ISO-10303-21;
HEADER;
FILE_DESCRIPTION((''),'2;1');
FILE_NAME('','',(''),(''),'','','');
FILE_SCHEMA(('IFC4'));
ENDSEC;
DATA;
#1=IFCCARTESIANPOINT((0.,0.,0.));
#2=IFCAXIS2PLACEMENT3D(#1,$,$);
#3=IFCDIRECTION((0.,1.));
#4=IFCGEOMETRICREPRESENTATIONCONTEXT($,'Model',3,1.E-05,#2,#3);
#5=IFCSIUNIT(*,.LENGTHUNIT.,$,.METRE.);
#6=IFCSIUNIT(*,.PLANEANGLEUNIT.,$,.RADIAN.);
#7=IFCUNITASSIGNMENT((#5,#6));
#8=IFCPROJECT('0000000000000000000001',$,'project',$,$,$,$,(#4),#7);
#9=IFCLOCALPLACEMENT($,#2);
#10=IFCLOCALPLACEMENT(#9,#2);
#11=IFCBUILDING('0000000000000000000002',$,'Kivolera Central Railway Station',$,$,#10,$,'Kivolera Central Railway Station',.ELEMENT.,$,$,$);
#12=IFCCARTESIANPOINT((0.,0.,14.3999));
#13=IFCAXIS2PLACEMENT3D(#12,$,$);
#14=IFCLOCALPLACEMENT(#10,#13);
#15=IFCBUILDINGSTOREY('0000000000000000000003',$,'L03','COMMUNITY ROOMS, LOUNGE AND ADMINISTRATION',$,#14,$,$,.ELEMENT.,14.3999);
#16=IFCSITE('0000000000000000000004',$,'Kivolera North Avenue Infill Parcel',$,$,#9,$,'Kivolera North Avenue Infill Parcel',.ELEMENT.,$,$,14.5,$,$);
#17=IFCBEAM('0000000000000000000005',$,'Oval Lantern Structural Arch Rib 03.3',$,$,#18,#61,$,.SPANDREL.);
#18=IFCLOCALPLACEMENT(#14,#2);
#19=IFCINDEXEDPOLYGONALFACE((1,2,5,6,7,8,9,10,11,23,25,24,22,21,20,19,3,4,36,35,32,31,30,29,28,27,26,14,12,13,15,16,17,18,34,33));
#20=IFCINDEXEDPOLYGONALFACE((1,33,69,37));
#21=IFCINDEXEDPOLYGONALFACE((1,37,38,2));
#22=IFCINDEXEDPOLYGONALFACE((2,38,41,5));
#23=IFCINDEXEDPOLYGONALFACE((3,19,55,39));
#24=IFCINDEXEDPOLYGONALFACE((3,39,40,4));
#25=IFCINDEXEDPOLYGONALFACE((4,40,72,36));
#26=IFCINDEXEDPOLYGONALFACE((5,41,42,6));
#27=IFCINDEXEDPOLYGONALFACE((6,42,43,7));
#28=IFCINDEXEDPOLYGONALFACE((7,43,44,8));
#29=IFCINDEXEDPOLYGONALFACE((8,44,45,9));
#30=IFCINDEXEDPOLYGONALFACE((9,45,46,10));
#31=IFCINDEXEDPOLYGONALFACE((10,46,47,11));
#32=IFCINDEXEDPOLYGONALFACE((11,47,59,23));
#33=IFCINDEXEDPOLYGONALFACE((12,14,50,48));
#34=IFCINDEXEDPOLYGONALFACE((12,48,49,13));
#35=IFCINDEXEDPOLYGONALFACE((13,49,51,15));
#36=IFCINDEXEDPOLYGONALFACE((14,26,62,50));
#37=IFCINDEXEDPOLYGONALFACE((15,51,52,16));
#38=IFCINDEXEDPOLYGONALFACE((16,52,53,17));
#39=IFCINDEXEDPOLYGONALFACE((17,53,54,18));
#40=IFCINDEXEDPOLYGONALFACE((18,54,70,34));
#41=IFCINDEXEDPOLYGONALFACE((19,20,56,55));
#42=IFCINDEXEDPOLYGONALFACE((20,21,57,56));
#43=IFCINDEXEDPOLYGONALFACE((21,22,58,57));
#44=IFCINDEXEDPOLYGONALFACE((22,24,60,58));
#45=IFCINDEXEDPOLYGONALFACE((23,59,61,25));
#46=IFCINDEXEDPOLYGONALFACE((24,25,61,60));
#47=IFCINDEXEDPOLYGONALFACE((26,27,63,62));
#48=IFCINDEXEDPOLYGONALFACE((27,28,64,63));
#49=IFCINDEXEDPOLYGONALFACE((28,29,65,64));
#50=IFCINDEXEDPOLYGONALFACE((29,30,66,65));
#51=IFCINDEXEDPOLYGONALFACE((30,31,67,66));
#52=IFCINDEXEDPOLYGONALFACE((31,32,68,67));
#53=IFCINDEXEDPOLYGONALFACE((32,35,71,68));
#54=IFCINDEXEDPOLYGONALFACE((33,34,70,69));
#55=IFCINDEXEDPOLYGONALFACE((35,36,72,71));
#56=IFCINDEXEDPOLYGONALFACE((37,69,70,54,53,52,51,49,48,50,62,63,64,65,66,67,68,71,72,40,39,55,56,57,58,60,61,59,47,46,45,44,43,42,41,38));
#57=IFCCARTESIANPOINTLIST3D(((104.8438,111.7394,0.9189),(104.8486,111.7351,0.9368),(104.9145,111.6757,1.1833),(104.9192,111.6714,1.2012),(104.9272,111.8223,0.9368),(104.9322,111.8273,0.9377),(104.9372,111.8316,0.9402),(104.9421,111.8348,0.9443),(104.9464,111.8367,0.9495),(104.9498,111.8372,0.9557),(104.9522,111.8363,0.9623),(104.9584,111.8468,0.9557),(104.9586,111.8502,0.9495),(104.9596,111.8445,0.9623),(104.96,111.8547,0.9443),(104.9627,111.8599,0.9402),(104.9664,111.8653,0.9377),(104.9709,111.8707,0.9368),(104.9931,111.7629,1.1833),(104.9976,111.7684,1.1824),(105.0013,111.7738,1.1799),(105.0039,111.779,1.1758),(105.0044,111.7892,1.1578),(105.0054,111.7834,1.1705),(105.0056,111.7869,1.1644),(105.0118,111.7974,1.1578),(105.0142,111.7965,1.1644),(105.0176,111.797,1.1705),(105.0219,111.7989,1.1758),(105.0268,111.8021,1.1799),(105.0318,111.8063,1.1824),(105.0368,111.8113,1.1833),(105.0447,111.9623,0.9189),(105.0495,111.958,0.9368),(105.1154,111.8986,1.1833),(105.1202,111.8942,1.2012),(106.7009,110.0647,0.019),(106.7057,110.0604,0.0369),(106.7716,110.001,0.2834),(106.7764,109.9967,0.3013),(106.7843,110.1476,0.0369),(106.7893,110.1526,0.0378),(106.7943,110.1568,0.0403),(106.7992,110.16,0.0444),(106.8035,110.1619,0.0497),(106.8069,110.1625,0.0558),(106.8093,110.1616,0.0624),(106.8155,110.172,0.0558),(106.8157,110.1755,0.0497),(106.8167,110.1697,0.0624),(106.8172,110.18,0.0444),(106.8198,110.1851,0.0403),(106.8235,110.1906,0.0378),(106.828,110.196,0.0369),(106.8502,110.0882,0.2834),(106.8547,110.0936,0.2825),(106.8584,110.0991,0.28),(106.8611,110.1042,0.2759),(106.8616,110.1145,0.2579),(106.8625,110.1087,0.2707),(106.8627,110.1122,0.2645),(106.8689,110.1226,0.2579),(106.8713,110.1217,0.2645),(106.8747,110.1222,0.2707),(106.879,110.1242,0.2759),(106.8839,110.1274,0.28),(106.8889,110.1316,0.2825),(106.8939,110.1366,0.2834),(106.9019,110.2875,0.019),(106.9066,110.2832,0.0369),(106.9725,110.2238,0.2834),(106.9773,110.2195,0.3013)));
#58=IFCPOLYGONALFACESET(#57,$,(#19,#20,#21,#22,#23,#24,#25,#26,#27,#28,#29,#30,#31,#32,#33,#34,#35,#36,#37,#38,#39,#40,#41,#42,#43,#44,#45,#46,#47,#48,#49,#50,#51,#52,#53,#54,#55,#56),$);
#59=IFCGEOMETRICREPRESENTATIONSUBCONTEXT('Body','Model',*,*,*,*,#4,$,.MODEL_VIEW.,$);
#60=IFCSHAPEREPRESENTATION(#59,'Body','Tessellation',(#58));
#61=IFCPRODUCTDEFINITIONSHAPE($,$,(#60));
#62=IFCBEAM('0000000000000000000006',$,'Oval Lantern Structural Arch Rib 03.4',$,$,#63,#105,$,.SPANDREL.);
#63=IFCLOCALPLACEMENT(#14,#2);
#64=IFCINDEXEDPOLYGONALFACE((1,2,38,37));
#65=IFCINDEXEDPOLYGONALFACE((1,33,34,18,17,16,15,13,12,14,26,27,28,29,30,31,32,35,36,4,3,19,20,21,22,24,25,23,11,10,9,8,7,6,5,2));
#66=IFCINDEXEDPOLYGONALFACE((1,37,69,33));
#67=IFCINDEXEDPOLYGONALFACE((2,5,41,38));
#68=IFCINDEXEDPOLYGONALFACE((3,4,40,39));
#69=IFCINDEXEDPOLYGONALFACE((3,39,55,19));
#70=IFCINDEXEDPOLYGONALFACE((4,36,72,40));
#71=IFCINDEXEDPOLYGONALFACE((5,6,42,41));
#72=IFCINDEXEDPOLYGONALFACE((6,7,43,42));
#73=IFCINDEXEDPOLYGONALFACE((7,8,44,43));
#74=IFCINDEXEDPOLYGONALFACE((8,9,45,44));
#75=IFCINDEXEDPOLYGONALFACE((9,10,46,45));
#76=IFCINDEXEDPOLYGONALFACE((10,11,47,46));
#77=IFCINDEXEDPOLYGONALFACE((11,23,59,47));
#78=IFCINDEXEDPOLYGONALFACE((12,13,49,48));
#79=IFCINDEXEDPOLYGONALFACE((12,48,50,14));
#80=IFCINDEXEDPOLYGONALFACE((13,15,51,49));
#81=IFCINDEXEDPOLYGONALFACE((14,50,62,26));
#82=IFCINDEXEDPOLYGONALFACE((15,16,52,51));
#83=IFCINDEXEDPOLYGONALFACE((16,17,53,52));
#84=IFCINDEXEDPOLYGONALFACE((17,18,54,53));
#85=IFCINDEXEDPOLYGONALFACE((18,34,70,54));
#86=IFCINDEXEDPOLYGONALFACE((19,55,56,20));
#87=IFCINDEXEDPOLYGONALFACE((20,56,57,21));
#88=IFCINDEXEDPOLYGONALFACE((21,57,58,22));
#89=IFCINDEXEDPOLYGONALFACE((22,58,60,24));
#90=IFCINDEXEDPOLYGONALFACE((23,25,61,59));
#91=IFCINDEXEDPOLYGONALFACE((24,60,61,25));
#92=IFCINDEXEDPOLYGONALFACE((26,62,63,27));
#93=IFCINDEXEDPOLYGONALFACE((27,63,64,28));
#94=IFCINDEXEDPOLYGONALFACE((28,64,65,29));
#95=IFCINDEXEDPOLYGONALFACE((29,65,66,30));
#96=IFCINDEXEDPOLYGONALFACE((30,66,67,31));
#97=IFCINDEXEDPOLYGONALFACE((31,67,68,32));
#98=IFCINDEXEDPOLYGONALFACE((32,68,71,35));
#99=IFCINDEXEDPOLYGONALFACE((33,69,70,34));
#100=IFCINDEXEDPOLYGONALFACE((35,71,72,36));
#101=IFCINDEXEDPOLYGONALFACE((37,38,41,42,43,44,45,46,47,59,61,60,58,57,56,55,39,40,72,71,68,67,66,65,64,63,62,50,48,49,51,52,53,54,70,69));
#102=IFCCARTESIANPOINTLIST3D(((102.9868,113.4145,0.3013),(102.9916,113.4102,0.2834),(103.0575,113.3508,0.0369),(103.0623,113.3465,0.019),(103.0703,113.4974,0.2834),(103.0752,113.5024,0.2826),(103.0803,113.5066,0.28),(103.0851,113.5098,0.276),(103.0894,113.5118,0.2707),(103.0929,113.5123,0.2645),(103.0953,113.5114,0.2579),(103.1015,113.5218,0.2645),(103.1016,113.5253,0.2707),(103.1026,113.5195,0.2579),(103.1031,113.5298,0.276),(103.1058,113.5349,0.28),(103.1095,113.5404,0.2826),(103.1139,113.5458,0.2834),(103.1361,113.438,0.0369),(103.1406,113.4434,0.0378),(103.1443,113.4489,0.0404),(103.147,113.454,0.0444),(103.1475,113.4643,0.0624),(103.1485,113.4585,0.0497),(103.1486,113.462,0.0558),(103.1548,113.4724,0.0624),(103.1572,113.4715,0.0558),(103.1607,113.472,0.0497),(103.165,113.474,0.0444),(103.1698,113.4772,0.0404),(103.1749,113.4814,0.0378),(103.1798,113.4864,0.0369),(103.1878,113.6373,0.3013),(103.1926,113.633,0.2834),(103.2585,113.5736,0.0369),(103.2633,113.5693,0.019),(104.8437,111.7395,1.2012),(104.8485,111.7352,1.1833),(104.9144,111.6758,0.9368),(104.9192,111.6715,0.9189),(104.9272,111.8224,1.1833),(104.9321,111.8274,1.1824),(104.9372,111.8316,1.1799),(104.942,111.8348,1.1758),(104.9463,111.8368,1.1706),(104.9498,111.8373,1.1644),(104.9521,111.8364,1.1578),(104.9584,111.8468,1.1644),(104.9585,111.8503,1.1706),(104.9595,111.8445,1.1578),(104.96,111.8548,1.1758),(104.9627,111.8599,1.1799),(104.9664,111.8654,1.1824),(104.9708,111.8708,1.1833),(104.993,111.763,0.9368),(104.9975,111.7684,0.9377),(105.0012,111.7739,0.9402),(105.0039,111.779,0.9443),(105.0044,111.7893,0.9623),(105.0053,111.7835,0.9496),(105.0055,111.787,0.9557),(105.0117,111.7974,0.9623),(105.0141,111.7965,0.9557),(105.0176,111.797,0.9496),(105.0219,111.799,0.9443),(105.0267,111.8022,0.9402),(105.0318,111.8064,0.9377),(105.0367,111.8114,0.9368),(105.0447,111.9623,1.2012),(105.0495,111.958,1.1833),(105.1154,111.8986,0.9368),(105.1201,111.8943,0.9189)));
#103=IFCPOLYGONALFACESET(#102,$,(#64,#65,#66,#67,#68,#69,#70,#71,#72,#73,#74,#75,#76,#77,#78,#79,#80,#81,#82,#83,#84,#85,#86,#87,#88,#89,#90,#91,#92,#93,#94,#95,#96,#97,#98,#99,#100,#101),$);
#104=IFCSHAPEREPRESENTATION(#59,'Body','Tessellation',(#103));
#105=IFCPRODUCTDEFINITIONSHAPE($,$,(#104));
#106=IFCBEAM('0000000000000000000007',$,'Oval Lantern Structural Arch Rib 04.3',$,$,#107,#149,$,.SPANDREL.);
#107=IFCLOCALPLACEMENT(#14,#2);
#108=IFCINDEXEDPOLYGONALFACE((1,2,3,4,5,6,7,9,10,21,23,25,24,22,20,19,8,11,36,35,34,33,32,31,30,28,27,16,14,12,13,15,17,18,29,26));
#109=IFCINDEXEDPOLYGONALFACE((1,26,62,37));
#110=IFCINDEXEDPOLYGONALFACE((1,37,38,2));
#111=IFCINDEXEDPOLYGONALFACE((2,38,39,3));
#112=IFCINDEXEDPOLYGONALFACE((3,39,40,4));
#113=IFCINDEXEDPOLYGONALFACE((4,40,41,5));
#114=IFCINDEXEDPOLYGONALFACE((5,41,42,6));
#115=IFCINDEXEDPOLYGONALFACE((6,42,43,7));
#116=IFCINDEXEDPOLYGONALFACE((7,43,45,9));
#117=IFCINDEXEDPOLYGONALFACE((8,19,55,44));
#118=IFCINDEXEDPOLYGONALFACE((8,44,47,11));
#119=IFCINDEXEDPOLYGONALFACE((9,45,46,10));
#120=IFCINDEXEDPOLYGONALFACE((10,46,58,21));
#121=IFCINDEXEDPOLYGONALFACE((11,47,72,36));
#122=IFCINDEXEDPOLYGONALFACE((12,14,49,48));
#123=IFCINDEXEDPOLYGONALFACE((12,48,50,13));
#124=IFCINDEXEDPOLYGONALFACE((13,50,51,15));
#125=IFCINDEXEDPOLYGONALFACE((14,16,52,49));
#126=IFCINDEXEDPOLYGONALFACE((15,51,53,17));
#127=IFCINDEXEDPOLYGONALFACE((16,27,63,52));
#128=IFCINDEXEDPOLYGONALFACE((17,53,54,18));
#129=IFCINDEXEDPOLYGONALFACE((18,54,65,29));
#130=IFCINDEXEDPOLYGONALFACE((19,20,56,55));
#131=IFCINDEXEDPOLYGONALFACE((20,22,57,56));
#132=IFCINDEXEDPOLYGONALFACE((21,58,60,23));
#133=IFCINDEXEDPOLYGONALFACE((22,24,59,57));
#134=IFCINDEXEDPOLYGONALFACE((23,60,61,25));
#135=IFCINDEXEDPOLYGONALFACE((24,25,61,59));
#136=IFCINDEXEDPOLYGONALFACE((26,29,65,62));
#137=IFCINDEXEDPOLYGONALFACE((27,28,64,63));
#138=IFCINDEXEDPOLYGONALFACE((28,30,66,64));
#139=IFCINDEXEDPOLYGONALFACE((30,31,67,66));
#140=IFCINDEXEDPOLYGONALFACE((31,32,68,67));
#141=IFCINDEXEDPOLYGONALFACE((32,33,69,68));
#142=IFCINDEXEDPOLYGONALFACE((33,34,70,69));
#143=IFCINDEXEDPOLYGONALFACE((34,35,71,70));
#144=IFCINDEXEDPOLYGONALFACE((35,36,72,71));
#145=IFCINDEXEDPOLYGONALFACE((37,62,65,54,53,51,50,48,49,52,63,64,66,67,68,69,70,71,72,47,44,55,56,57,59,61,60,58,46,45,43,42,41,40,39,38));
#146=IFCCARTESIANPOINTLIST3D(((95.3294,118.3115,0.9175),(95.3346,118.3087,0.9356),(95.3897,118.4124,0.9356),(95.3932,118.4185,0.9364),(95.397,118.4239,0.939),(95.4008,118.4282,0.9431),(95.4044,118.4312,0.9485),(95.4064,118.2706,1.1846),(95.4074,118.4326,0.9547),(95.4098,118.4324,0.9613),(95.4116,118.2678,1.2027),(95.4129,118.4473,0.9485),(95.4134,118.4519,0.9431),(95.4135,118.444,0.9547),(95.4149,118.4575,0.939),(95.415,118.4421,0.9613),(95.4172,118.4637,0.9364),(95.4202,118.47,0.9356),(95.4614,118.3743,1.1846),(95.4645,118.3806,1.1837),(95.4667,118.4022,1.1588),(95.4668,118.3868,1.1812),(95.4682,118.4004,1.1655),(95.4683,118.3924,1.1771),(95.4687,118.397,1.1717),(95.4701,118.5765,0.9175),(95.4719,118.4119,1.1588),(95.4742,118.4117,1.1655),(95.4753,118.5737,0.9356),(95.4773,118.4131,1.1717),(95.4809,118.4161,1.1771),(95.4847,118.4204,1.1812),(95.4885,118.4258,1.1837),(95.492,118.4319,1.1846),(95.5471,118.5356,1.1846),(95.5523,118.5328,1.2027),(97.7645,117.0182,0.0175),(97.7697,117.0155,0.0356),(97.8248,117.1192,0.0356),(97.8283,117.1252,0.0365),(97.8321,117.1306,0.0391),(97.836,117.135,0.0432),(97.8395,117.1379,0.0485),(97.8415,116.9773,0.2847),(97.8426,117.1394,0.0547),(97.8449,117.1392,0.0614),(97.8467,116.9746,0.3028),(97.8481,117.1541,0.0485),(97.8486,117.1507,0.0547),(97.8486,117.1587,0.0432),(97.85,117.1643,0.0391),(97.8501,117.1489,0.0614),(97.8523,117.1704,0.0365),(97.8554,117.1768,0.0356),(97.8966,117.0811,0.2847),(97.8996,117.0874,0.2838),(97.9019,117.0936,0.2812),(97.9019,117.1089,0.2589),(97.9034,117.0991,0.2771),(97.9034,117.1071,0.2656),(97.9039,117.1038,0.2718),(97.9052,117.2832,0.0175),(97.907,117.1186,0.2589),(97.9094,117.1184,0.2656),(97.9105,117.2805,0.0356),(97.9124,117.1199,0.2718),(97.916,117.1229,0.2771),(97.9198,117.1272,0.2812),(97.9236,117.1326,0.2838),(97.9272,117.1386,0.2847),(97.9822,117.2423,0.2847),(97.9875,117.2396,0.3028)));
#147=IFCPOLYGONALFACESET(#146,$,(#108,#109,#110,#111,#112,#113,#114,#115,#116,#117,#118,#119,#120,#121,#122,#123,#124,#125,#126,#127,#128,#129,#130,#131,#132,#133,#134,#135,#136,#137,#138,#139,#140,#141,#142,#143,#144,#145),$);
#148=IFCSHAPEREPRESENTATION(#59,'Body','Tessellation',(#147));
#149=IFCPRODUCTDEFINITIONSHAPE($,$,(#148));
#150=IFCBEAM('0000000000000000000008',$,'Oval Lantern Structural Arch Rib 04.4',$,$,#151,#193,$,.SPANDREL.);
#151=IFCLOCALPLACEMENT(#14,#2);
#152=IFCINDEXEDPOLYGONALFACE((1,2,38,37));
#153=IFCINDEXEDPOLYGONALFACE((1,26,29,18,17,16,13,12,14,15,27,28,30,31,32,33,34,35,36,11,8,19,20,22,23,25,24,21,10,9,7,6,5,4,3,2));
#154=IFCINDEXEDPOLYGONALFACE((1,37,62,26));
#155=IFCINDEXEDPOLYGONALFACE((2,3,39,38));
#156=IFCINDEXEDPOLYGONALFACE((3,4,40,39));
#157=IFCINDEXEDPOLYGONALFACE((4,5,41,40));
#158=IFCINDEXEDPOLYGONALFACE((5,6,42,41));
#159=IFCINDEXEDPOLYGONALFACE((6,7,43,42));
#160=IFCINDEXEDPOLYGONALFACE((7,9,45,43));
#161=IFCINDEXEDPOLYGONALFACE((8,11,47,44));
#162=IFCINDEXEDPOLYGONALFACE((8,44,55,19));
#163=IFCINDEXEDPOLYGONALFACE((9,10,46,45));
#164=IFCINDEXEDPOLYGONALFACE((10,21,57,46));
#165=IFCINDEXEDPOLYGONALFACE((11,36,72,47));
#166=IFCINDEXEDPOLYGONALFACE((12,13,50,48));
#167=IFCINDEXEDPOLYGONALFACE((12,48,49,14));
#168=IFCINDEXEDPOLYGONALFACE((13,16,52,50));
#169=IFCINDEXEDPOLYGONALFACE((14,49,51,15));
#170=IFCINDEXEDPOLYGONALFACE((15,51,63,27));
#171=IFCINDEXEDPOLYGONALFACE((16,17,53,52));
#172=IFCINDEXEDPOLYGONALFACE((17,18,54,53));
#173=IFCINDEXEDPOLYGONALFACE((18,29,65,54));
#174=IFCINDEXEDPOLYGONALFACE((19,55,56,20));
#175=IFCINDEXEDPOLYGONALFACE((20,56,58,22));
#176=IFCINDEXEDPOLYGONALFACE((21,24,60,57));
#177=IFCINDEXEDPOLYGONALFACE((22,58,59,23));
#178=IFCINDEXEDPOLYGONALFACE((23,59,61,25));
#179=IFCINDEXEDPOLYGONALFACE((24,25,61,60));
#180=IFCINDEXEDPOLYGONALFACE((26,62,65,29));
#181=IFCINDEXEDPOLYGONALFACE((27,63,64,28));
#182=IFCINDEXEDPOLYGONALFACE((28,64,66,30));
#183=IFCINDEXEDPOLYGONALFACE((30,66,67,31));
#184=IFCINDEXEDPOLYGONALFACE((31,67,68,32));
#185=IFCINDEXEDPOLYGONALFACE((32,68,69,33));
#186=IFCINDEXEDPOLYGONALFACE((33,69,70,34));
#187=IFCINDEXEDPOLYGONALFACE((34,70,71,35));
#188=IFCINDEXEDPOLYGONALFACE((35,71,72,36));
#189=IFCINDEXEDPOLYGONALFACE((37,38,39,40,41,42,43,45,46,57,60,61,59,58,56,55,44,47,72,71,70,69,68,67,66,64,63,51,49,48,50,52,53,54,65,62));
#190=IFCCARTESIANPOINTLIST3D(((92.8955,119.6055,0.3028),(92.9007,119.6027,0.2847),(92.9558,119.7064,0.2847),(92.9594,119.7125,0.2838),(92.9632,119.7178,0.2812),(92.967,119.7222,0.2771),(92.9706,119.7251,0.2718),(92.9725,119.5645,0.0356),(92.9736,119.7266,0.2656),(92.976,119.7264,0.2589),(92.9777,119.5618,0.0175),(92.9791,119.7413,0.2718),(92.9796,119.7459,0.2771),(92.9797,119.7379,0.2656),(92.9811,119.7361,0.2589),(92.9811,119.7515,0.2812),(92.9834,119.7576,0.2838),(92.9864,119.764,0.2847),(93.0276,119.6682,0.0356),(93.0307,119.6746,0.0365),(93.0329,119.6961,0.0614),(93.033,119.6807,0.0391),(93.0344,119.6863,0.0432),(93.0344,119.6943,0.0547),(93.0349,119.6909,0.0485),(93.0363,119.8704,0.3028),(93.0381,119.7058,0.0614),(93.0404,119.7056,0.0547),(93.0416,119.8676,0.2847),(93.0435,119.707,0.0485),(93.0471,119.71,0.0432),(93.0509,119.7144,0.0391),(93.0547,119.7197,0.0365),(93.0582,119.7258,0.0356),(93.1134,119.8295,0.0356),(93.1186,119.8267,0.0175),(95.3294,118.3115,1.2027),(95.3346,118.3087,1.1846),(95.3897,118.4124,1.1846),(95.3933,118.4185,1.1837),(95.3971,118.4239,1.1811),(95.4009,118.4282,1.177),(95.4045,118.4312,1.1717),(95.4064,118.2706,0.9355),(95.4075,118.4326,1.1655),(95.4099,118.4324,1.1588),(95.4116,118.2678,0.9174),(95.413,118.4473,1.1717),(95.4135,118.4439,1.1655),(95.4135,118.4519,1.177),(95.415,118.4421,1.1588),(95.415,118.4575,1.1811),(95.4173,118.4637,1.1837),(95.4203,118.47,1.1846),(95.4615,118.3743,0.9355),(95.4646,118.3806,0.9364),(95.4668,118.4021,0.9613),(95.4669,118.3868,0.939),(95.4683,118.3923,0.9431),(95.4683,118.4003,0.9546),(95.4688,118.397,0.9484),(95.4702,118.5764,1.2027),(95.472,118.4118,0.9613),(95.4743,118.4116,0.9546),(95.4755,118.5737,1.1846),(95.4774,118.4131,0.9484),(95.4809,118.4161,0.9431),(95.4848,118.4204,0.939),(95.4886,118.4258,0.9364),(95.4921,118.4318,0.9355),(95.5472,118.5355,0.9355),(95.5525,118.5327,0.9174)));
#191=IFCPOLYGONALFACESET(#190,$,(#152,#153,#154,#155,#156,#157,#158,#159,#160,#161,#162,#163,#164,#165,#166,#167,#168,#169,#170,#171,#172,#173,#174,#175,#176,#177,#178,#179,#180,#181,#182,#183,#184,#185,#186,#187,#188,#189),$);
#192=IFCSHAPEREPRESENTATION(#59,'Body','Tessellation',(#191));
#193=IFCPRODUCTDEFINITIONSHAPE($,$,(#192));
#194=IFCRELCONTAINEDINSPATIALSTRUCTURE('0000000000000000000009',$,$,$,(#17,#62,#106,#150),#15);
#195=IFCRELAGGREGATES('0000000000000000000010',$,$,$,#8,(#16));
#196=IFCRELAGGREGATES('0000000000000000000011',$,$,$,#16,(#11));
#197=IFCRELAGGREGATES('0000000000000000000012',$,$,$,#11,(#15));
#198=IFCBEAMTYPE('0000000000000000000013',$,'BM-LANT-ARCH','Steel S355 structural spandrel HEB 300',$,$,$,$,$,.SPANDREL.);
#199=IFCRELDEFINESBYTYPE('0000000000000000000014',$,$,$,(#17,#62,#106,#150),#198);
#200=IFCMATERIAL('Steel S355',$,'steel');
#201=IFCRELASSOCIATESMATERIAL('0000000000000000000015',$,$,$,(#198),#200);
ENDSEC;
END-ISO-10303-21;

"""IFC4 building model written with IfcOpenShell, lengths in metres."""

from ifc_helpers import new_model, si_unit, direction, frame, origin, origin_2d, place, context, subcontext, project, spatial, i_section, extrude, material, material_profile, profile_set, type_object, element, save


model = new_model("IFC4")

# Units and contexts
model_context = context("Model", 3, precision=1e-05, world=origin(), true_north=direction((0.0, 1.0)))
body_context = subcontext(model_context, "Body", "Model", "MODEL_VIEW")
ifc_project = project(units=[si_unit("LENGTHUNIT", "METRE"), si_unit("PLANEANGLEUNIT", "RADIAN")], contexts=[model_context])

# Site, building, storey
site_placement = place(None, origin())
site = spatial("IfcSite", under=ifc_project, at=site_placement, Name="Kivolera North Avenue Infill Parcel", LongName="Kivolera North Avenue Infill Parcel", CompositionType="ELEMENT", RefElevation=14.5)
building_placement = place(site_placement, origin())
building = spatial("IfcBuilding", under=site, at=building_placement, Name="Kivolera Central Railway Station", LongName="Kivolera Central Railway Station", CompositionType="ELEMENT")
storey_placement = place(building_placement, frame((0.0, 0.0, 14.3999)))
storey = spatial("IfcBuildingStorey", under=building, at=storey_placement, Name="L03", Description="COMMUNITY ROOMS, LOUNGE AND ADMINISTRATION", CompositionType="ELEMENT", Elevation=14.3999)

# Beams
ifc_material_1 = material(Name="Steel S355", Category="steel")
ifc_material_profile_1 = material_profile(ifc_material_1, i_section(OverallWidth=0.3, OverallDepth=0.3, WebThickness=0.011, FlangeThickness=0.019, FilletRadius=0.0271, at=origin_2d()), Name="HEB 300")
ifc_profile_set_1 = profile_set([ifc_material_profile_1], Name="Steel S355")
beam_type_1 = type_object("IfcBeamType", Name="BM-LANT-ARCH", Description="Steel S355 structural spandrel HEB 300", PredefinedType="SPANDREL", material=ifc_profile_set_1)
for number, where, z_axis, x_axis, name in (
    (1, (106.8391, 110.1421, 0.1602), (-0.698765, 0.630147, 0.338589), (-0.669703, -0.742629, 0.0), "Oval Lantern Structural Arch Rib 03.3"),
    (2, (104.9819, 111.8169, 1.0601), (-0.698677, 0.630243, -0.338591), (-0.669806, -0.742536, 0.0), "Oval Lantern Structural Arch Rib 03.4"),
):
    element("IfcBeam", number, at=place(storey_placement, frame(where, z_axis=z_axis, x_axis=x_axis)), inside=storey, type_object=beam_type_1, Name=name, PredefinedType="SPANDREL", context=body_context, shape_type="SweptSolid", body=[
        extrude(i_section(OverallWidth=0.3, OverallDepth=0.3, WebThickness=0.011, FlangeThickness=0.019, FilletRadius=0.0271, at=origin_2d()), origin(), (0.0, 0.0, 1.0), 2.6577),
    ])
beam_1_placement = place(storey_placement, frame((97.876, 117.1289, 0.1602), z_axis=(-0.839589, 0.44589, 0.310279), x_axis=(-0.469039, -0.883178, 0.0)))
element("IfcBeam", 3, at=beam_1_placement, inside=storey, type_object=beam_type_1, Name="Oval Lantern Structural Arch Rib 04.3", PredefinedType="SPANDREL", context=body_context, shape_type="SweptSolid", body=[
    extrude(i_section(OverallWidth=0.3, OverallDepth=0.3, WebThickness=0.011, FlangeThickness=0.019, FilletRadius=0.0271, at=origin_2d()), origin(), (0.0, 0.0, 1.0), 2.9004),
])
beam_2_placement = place(storey_placement, frame((95.4409, 118.4221, 1.0601), z_axis=(-0.83937, 0.446249, -0.310354), x_axis=(-0.469429, -0.88297, 0.0)))
element("IfcBeam", 4, at=beam_2_placement, inside=storey, type_object=beam_type_1, Name="Oval Lantern Structural Arch Rib 04.4", PredefinedType="SPANDREL", context=body_context, shape_type="SweptSolid", body=[
    extrude(i_section(OverallWidth=0.3, OverallDepth=0.3, WebThickness=0.011, FlangeThickness=0.019, FilletRadius=0.0271, at=origin_2d()), origin(), (0.0, 0.0, 1.0), 2.8997),
])

save(model, "model.ifc")
